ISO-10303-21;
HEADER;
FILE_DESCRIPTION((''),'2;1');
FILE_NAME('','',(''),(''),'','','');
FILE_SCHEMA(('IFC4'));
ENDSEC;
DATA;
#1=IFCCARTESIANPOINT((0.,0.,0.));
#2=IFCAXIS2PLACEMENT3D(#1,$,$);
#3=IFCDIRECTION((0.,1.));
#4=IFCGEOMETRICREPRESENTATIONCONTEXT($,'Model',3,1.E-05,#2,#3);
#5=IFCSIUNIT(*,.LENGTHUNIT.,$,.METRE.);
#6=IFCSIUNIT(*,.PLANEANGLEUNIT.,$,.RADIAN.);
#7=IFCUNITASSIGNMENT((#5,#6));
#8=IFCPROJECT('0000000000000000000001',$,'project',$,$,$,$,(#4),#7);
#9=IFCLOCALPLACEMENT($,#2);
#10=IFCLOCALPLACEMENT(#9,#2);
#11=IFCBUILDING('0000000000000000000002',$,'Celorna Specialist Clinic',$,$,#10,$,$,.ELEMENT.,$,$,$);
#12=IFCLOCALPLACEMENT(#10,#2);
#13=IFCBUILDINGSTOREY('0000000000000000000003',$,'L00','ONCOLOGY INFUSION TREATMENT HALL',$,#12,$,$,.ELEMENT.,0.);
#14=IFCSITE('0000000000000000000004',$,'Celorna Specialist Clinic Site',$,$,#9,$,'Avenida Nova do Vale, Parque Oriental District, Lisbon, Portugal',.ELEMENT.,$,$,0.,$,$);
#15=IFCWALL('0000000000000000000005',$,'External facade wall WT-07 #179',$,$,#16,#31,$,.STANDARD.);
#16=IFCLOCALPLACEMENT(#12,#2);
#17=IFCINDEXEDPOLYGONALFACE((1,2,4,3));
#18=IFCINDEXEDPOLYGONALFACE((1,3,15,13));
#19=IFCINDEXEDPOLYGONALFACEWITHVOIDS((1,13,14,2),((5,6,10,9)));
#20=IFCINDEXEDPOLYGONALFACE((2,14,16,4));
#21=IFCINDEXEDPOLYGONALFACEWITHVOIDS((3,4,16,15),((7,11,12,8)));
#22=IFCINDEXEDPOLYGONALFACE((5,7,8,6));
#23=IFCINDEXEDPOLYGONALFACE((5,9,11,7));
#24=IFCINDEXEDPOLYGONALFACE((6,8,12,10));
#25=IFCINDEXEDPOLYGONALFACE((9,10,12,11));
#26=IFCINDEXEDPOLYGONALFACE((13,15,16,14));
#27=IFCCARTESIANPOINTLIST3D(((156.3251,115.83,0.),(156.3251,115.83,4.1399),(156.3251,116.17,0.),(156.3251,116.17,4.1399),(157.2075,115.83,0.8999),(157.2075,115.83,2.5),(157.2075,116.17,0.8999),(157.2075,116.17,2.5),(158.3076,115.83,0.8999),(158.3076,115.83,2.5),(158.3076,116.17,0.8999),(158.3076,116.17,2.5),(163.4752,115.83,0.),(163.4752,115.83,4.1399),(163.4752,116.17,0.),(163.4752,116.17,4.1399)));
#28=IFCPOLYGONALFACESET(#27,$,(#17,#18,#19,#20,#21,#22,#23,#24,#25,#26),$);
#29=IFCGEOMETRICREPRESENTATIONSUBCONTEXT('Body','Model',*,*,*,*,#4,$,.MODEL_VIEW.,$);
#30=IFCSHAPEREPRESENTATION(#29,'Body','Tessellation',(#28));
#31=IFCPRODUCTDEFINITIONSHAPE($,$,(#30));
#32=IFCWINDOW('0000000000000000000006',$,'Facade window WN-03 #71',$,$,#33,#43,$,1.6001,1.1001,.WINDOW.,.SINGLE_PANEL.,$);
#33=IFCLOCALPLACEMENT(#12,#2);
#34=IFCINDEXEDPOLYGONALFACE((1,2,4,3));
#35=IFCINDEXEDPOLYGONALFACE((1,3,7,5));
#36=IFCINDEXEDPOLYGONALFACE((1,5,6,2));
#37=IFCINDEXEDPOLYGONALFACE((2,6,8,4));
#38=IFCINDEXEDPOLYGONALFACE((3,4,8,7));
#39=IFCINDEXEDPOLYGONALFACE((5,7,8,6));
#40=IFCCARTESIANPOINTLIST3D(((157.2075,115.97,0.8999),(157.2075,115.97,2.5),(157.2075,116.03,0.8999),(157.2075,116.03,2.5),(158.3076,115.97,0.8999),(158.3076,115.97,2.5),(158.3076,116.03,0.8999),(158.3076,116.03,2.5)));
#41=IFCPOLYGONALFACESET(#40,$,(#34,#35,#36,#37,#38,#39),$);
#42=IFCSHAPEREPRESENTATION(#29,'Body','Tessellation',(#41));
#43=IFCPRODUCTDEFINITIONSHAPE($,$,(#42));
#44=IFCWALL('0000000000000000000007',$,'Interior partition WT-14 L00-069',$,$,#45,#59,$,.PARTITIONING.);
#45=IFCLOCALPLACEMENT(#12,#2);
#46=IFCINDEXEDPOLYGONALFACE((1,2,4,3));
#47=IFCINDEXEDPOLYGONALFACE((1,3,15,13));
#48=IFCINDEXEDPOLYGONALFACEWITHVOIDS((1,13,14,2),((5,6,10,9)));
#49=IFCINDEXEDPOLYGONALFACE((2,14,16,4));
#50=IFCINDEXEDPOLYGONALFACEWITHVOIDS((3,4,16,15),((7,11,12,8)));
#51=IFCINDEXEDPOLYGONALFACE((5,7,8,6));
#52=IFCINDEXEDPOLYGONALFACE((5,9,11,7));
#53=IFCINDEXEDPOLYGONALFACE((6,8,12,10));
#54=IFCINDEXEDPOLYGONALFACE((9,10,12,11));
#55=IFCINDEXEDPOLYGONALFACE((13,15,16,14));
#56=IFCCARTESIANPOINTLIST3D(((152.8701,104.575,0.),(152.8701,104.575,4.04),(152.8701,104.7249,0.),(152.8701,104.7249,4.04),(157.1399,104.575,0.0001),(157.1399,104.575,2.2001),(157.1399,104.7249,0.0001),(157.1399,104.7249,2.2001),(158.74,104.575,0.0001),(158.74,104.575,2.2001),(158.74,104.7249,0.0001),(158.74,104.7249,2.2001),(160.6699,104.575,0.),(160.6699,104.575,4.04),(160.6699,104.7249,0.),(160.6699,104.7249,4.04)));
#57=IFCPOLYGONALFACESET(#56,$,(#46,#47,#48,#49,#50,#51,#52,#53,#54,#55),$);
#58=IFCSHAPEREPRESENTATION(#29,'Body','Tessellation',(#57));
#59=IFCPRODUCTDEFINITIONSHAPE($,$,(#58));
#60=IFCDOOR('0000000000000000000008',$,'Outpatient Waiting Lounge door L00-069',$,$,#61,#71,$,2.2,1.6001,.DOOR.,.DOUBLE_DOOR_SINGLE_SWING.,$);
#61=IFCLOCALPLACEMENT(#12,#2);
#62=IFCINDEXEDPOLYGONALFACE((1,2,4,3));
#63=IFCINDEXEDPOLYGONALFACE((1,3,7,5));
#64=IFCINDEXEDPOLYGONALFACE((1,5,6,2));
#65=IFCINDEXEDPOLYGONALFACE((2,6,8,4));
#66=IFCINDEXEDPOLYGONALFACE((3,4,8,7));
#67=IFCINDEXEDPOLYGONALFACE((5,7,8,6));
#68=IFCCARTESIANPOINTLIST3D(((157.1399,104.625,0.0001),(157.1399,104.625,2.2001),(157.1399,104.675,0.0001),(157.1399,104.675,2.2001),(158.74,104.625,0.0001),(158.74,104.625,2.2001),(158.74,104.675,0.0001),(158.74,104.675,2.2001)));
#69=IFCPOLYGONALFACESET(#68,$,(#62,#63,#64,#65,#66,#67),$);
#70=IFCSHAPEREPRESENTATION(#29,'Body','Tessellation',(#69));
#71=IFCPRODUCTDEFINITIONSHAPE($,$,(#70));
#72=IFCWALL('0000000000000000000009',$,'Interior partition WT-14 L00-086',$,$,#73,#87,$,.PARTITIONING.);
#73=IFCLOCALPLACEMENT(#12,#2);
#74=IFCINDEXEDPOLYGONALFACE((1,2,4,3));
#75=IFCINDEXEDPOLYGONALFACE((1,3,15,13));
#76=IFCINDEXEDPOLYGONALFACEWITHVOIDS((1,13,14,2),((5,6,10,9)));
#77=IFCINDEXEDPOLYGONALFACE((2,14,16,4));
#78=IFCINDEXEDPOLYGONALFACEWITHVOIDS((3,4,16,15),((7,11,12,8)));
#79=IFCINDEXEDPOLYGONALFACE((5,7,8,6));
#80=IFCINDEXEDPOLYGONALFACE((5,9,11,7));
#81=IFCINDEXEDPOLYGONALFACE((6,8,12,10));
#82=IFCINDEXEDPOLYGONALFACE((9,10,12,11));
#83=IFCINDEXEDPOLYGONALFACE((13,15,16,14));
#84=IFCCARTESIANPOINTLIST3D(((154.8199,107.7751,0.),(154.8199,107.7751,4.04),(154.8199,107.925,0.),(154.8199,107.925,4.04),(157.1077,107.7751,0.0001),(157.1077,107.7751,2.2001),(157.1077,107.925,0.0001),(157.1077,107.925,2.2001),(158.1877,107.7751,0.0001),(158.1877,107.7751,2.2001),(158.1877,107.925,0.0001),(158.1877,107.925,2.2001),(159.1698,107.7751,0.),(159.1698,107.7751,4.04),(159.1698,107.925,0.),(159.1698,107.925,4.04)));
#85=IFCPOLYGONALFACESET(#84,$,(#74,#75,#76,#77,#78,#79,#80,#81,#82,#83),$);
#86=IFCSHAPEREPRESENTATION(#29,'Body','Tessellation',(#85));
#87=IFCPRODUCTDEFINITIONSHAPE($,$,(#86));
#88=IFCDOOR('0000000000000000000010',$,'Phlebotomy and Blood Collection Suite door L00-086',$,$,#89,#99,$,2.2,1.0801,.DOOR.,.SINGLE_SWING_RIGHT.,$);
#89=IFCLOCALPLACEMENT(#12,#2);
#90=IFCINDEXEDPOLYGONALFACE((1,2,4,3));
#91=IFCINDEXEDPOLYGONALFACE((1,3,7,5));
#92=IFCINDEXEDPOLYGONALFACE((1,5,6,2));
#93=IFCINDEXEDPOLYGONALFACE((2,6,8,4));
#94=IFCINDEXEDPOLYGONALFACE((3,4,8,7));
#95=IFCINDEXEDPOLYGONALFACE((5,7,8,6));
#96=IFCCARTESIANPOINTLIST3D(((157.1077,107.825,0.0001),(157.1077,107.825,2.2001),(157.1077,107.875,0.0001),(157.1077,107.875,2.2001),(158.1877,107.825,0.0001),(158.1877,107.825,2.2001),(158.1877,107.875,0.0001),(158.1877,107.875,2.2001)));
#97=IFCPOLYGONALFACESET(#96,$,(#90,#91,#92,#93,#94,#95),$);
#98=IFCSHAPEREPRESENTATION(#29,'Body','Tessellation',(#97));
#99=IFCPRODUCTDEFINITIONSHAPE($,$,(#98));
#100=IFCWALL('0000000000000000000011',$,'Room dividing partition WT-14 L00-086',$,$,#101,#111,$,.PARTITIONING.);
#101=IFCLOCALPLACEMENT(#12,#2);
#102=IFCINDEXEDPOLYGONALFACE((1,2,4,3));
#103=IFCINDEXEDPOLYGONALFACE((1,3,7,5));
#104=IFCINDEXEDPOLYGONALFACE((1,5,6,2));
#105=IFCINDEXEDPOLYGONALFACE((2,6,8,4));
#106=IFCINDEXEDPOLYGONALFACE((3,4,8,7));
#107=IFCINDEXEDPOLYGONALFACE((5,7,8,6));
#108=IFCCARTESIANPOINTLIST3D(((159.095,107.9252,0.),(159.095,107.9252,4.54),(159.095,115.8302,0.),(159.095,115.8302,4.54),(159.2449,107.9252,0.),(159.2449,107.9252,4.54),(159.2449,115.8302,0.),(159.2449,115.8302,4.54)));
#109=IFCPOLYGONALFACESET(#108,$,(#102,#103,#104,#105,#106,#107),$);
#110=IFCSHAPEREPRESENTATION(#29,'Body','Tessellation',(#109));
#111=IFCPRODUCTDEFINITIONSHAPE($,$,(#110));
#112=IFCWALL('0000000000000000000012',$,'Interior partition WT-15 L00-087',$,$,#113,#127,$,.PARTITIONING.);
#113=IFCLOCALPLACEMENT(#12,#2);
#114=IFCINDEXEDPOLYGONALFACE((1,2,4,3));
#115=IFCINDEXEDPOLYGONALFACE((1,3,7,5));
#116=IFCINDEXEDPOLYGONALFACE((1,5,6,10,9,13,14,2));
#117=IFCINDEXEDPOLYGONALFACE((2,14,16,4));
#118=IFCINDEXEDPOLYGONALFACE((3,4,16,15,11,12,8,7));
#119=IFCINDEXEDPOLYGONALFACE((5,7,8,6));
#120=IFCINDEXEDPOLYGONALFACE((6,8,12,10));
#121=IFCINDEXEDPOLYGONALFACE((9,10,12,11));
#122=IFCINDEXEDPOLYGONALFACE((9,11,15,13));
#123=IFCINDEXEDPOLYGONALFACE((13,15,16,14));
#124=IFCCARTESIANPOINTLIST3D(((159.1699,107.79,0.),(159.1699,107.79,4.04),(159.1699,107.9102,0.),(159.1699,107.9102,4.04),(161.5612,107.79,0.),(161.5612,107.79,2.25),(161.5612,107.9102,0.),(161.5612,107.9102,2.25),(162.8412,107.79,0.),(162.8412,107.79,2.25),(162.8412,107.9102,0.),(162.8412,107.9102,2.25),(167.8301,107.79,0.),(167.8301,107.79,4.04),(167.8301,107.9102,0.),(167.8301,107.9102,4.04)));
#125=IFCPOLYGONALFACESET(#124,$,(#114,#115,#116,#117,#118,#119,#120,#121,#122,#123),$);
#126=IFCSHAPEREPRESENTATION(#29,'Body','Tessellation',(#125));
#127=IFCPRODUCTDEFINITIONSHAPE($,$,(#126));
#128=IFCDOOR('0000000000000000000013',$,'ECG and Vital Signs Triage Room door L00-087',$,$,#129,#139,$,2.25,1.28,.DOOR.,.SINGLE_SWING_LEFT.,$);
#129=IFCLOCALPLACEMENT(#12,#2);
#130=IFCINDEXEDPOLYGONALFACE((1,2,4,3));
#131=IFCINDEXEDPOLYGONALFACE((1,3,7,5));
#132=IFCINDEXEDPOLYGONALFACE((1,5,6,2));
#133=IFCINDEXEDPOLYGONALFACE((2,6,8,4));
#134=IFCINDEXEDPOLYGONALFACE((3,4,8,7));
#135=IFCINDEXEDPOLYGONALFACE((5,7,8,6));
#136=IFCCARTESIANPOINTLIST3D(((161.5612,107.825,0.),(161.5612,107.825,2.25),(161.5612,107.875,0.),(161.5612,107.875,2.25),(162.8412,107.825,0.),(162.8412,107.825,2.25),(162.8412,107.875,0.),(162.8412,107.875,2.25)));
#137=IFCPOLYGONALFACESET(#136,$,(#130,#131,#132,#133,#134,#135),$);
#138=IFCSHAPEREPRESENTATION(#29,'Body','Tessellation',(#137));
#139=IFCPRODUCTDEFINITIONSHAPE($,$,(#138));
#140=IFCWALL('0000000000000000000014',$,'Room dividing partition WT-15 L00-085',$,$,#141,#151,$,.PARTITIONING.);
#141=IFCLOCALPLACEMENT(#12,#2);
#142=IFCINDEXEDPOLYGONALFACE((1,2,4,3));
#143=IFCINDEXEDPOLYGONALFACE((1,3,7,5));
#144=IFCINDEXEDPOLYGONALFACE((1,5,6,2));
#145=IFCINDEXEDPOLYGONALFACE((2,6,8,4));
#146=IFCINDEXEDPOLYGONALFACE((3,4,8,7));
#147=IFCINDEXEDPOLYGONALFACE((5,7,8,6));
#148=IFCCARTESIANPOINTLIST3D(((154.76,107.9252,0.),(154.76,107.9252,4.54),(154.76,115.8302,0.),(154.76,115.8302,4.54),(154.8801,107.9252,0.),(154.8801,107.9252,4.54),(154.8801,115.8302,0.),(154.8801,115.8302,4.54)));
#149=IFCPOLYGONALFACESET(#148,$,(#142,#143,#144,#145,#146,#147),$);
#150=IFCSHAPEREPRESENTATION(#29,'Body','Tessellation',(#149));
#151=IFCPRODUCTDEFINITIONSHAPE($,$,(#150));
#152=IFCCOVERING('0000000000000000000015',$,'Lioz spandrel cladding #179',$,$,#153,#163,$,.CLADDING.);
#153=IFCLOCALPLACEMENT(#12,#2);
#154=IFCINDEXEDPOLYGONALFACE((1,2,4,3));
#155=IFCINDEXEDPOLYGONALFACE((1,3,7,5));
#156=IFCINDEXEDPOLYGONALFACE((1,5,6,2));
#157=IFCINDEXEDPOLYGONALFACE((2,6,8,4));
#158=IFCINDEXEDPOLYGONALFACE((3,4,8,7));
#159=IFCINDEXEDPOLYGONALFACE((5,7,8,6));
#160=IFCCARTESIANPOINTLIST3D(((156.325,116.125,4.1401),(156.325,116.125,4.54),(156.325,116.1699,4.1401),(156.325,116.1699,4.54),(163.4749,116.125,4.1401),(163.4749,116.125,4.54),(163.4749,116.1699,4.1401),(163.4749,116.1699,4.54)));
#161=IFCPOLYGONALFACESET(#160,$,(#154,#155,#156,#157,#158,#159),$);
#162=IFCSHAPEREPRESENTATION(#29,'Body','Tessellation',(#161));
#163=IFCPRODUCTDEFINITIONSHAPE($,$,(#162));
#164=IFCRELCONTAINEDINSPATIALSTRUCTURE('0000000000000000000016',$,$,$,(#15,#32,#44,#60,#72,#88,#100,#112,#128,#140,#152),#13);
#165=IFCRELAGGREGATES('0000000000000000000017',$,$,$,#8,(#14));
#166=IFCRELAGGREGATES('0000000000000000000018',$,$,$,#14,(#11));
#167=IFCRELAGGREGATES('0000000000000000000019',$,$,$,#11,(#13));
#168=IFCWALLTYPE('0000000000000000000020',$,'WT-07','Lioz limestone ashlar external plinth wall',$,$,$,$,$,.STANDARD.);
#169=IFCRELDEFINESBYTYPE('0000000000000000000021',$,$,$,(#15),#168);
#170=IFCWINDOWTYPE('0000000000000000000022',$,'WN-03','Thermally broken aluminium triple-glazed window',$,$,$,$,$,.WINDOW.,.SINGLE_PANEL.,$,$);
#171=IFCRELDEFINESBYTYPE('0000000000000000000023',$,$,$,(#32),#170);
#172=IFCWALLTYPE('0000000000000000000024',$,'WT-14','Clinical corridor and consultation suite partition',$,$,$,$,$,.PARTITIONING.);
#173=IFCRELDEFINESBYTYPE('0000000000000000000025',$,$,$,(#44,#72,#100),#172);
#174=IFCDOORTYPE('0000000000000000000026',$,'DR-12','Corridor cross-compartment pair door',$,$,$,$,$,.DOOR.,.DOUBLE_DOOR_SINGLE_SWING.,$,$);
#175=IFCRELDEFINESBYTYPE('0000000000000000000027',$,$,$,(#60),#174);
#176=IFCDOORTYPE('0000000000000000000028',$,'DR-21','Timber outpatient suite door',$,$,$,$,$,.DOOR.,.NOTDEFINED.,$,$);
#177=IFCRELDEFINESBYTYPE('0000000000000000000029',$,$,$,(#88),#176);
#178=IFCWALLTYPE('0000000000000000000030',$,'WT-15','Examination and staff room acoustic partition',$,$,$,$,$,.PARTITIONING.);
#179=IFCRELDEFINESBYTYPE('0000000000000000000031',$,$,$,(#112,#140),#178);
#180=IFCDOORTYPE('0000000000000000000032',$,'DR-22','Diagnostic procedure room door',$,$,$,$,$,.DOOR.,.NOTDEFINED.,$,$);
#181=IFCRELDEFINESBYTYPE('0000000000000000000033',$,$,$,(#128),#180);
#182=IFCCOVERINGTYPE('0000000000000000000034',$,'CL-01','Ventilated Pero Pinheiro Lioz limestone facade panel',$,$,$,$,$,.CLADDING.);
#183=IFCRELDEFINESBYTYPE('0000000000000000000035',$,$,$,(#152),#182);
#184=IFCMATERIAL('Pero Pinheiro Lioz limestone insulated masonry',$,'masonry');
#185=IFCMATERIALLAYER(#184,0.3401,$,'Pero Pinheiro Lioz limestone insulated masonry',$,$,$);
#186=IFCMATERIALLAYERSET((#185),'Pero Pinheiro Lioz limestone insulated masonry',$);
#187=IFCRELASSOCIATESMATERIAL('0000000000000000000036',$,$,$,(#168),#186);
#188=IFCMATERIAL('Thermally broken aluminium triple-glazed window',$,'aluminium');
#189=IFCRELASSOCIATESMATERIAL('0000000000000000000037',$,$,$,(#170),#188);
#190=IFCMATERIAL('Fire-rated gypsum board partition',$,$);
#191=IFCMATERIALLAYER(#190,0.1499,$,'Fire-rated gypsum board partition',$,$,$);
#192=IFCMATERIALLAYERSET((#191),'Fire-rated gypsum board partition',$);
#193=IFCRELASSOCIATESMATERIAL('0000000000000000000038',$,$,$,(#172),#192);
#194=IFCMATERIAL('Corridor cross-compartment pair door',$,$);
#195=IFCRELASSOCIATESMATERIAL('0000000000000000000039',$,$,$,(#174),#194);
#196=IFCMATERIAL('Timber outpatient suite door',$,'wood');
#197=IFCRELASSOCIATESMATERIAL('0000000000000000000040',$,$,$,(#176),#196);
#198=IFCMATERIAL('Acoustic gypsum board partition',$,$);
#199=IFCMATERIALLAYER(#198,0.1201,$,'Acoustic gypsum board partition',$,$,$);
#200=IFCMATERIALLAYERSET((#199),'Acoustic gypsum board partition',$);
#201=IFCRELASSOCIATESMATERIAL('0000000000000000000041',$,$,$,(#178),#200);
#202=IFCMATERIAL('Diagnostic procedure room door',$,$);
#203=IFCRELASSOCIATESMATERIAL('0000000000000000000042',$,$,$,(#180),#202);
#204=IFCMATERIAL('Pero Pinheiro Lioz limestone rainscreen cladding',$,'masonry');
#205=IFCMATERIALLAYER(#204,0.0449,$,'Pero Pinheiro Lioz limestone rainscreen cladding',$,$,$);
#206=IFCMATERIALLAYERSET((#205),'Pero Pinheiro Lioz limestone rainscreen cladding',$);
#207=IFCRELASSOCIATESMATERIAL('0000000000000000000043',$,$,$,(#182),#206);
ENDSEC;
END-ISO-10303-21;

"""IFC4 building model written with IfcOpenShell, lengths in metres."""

from ifc_helpers import new_model, si_unit, direction, frame, frame_2d, origin, origin_2d, place, context, subcontext, project, spatial, rectangle, extrude, material, layer, layer_set, type_object, element, fill, save


model = new_model("IFC4")

# Units and contexts
model_context = context("Model", 3, precision=1e-05, world=origin(), true_north=direction((0.0, 1.0)))
body_context = subcontext(model_context, "Body", "Model", "MODEL_VIEW")
ifc_project = project(units=[si_unit("LENGTHUNIT", "METRE"), si_unit("PLANEANGLEUNIT", "RADIAN")], contexts=[model_context])

# Site, building, storey
site_placement = place(None, origin())
site = spatial("IfcSite", under=ifc_project, at=site_placement, Name="Celorna Specialist Clinic Site", LongName="Avenida Nova do Vale, Parque Oriental District, Lisbon, Portugal", CompositionType="ELEMENT", RefElevation=0.0)
building_placement = place(site_placement, origin())
building = spatial("IfcBuilding", under=site, at=building_placement, Name="Celorna Specialist Clinic", CompositionType="ELEMENT")
storey_placement = place(building_placement, origin())
storey = spatial("IfcBuildingStorey", under=building, at=storey_placement, Name="L00", Description="ONCOLOGY INFUSION TREATMENT HALL", CompositionType="ELEMENT", Elevation=0.0)

# Wall, opening, window
ifc_material_1 = material(Name="Pero Pinheiro Lioz limestone insulated masonry", Category="masonry")
ifc_layer_1 = layer(ifc_material_1, 0.3401, Name="Pero Pinheiro Lioz limestone insulated masonry")
ifc_layer_set_1 = layer_set([ifc_layer_1], Name="Pero Pinheiro Lioz limestone insulated masonry")
wall_type_1 = type_object("IfcWallType", Name="WT-07", Description="Lioz limestone ashlar external plinth wall", PredefinedType="STANDARD", material=ifc_layer_set_1)
wall_1_placement = place(storey_placement, frame((156.325, 116.0, 0.0), z_axis=(0.0, 0.0, 1.0), x_axis=(1.0, 0.0, 0.0)))
wall_1 = element("IfcWall", 1, at=wall_1_placement, inside=storey, type_object=wall_type_1, Name="External facade wall WT-07 #179", PredefinedType="STANDARD", context=body_context, shape_type="SweptSolid", body=[
    extrude(rectangle(XDim=7.1501, YDim=0.3401, at=frame_2d((3.5752, 0.0))), origin(), (0.0, 0.0, 1.0), 4.1399),
])
opening_1_placement = place(wall_1_placement, frame((0.8826, 0.0, 0.8999)))
opening_1 = element("IfcOpeningElement", 2, at=opening_1_placement, cuts=wall_1, PredefinedType="OPENING", context=body_context, shape_type="SweptSolid", body=[
    extrude(rectangle(XDim=1.1001, YDim=1.6001, at=frame_2d((0.55, 0.8))), frame((0.0, 0.1799, 0.0), z_axis=(0.0, -1.0, 0.0), x_axis=(1.0, 0.0, 0.0)), (0.0, 0.0, 1.0), 0.3601),
])
ifc_material_2 = material(Name="Thermally broken aluminium triple-glazed window", Category="aluminium")
window_type = type_object("IfcWindowType", Name="WN-03", Description="Thermally broken aluminium triple-glazed window", PartitioningType="SINGLE_PANEL", PredefinedType="WINDOW", material=ifc_material_2)
window_placement = place(opening_1_placement, origin())
window = element("IfcWindow", 3, at=window_placement, inside=storey, type_object=window_type, Name="Facade window WN-03 #71", OverallHeight=1.6001, OverallWidth=1.1001, PartitioningType="SINGLE_PANEL", PredefinedType="WINDOW", context=body_context, shape_type="SweptSolid", body=[
    extrude(rectangle(XDim=1.1001, YDim=1.6001, at=frame_2d((0.55, 0.8))), frame((0.0, 0.03, 0.0), z_axis=(0.0, -1.0, 0.0), x_axis=(1.0, 0.0, 0.0)), (0.0, 0.0, 1.0), 0.0601),
])
fill(opening_1, window)

# Walls, openings, doors
ifc_material_3 = material(Name="Fire-rated gypsum board partition")
ifc_layer_2 = layer(ifc_material_3, 0.1499, Name="Fire-rated gypsum board partition")
ifc_layer_set_2 = layer_set([ifc_layer_2], Name="Fire-rated gypsum board partition")
wall_type_2 = type_object("IfcWallType", Name="WT-14", Description="Clinical corridor and consultation suite partition", PredefinedType="PARTITIONING", material=ifc_layer_set_2)
wall_2_placement = place(storey_placement, frame((160.6699, 104.6499, 0.0), z_axis=(0.0, 0.0, 1.0), x_axis=(-1.0, 0.0, 0.0)))
wall_2 = element("IfcWall", 4, at=wall_2_placement, inside=storey, type_object=wall_type_2, Name="Interior partition WT-14 L00-069", PredefinedType="PARTITIONING", context=body_context, shape_type="SweptSolid", body=[
    extrude(rectangle(XDim=7.7998, YDim=0.1499, at=frame_2d((3.8999, 0.0))), origin(), (0.0, 0.0, 1.0), 4.04),
])
opening_2_placement = place(wall_2_placement, frame((1.9299, 0.0, 0.0)))
opening_2 = element("IfcOpeningElement", 5, at=opening_2_placement, cuts=wall_2, PredefinedType="OPENING", context=body_context, shape_type="SweptSolid", body=[
    extrude(rectangle(XDim=1.6001, YDim=2.2, at=frame_2d((0.8, 1.1001))), frame((0.0, 0.085, 0.0), z_axis=(0.0, -1.0, 0.0), x_axis=(1.0, 0.0, 0.0)), (0.0, 0.0, 1.0), 0.1699),
])
ifc_material_4 = material(Name="Corridor cross-compartment pair door")
door_type_1 = type_object("IfcDoorType", Name="DR-12", Description="Corridor cross-compartment pair door", OperationType="DOUBLE_DOOR_SINGLE_SWING", PredefinedType="DOOR", material=ifc_material_4)
door_1_placement = place(opening_2_placement, origin())
door_1 = element("IfcDoor", 6, at=door_1_placement, inside=storey, type_object=door_type_1, Name="Outpatient Waiting Lounge door L00-069", OperationType="DOUBLE_DOOR_SINGLE_SWING", OverallHeight=2.2, OverallWidth=1.6001, PredefinedType="DOOR", context=body_context, shape_type="SweptSolid", body=[
    extrude(rectangle(XDim=1.6001, YDim=2.2, at=frame_2d((0.8, 1.1001))), frame((0.0, 0.0249, 0.0), z_axis=(0.0, -1.0, 0.0), x_axis=(1.0, 0.0, 0.0)), (0.0, 0.0, 1.0), 0.05),
])
fill(opening_2, door_1)
wall_3_placement = place(storey_placement, frame((154.8201, 107.8501, 0.0), z_axis=(0.0, 0.0, 1.0), x_axis=(1.0, 0.0, 0.0)))
wall_3 = element("IfcWall", 7, at=wall_3_placement, inside=storey, type_object=wall_type_2, Name="Interior partition WT-14 L00-086", PredefinedType="PARTITIONING", context=body_context, shape_type="SweptSolid", body=[
    extrude(rectangle(XDim=4.3499, YDim=0.1499, at=frame_2d((2.1748, 0.0))), origin(), (0.0, 0.0, 1.0), 4.04),
])
opening_3_placement = place(wall_3_placement, frame((2.2876, 0.0, 0.0)))
opening_3 = element("IfcOpeningElement", 8, at=opening_3_placement, cuts=wall_3, PredefinedType="OPENING", context=body_context, shape_type="SweptSolid", body=[
    extrude(rectangle(XDim=1.0801, YDim=2.2, at=frame_2d((0.54, 1.1001))), frame((0.0, 0.085, 0.0), z_axis=(0.0, -1.0, 0.0), x_axis=(1.0, 0.0, 0.0)), (0.0, 0.0, 1.0), 0.1699),
])
ifc_material_5 = material(Name="Timber outpatient suite door", Category="wood")
door_type_2 = type_object("IfcDoorType", Name="DR-21", Description="Timber outpatient suite door", OperationType="NOTDEFINED", PredefinedType="DOOR", material=ifc_material_5)
door_2_placement = place(opening_3_placement, origin())
door_2 = element("IfcDoor", 9, at=door_2_placement, inside=storey, type_object=door_type_2, Name="Phlebotomy and Blood Collection Suite door L00-086", OperationType="SINGLE_SWING_RIGHT", OverallHeight=2.2, OverallWidth=1.0801, PredefinedType="DOOR", context=body_context, shape_type="SweptSolid", body=[
    extrude(rectangle(XDim=1.0801, YDim=2.2, at=frame_2d((0.54, 1.1001))), frame((0.0, 0.0249, 0.0), z_axis=(0.0, -1.0, 0.0), x_axis=(1.0, 0.0, 0.0)), (0.0, 0.0, 1.0), 0.05),
])
fill(opening_3, door_2)

# Wall
wall_4_placement = place(storey_placement, frame((159.1699, 107.925, 0.0), z_axis=(0.0, 0.0, 1.0), x_axis=(0.0, 1.0, 0.0)))
element("IfcWall", 10, at=wall_4_placement, inside=storey, type_object=wall_type_2, Name="Room dividing partition WT-14 L00-086", PredefinedType="PARTITIONING", context=body_context, shape_type="SweptSolid", body=[
    extrude(rectangle(XDim=7.905, YDim=0.1499, at=frame_2d((3.9526, 0.0))), origin(), (0.0, 0.0, 1.0), 4.54),
])

# Wall, opening, door
ifc_material_6 = material(Name="Acoustic gypsum board partition")
ifc_layer_3 = layer(ifc_material_6, 0.1201, Name="Acoustic gypsum board partition")
ifc_layer_set_3 = layer_set([ifc_layer_3], Name="Acoustic gypsum board partition")
wall_type_3 = type_object("IfcWallType", Name="WT-15", Description="Examination and staff room acoustic partition", PredefinedType="PARTITIONING", material=ifc_layer_set_3)
wall_5_placement = place(storey_placement, frame((159.1699, 107.8501, 0.0), z_axis=(0.0, 0.0, 1.0), x_axis=(1.0, 0.0, 0.0)))
wall_5 = element("IfcWall", 11, at=wall_5_placement, inside=storey, type_object=wall_type_3, Name="Interior partition WT-15 L00-087", PredefinedType="PARTITIONING", context=body_context, shape_type="SweptSolid", body=[
    extrude(rectangle(XDim=8.6602, YDim=0.1201, at=frame_2d((4.3301, 0.0))), origin(), (0.0, 0.0, 1.0), 4.04),
])
opening_4_placement = place(wall_5_placement, frame((2.3911, 0.0, 0.0)))
opening_4 = element("IfcOpeningElement", 12, at=opening_4_placement, cuts=wall_5, PredefinedType="OPENING", context=body_context, shape_type="SweptSolid", body=[
    extrude(rectangle(XDim=1.28, YDim=2.25, at=frame_2d((0.6401, 1.125))), frame((0.0, 0.0701, 0.0), z_axis=(0.0, -1.0, 0.0), x_axis=(1.0, 0.0, 0.0)), (0.0, 0.0, 1.0), 0.1401),
])
ifc_material_7 = material(Name="Diagnostic procedure room door")
door_type_3 = type_object("IfcDoorType", Name="DR-22", Description="Diagnostic procedure room door", OperationType="NOTDEFINED", PredefinedType="DOOR", material=ifc_material_7)
door_3_placement = place(opening_4_placement, origin())
door_3 = element("IfcDoor", 13, at=door_3_placement, inside=storey, type_object=door_type_3, Name="ECG and Vital Signs Triage Room door L00-087", OperationType="SINGLE_SWING_LEFT", OverallHeight=2.25, OverallWidth=1.28, PredefinedType="DOOR", context=body_context, shape_type="SweptSolid", body=[
    extrude(rectangle(XDim=1.28, YDim=2.25, at=frame_2d((0.6401, 1.125))), frame((0.0, 0.0249, 0.0), z_axis=(0.0, -1.0, 0.0), x_axis=(1.0, 0.0, 0.0)), (0.0, 0.0, 1.0), 0.05),
])
fill(opening_4, door_3)

# Wall
wall_6_placement = place(storey_placement, frame((154.8201, 107.925, 0.0), z_axis=(0.0, 0.0, 1.0), x_axis=(0.0, 1.0, 0.0)))
element("IfcWall", 14, at=wall_6_placement, inside=storey, type_object=wall_type_3, Name="Room dividing partition WT-15 L00-085", PredefinedType="PARTITIONING", context=body_context, shape_type="SweptSolid", body=[
    extrude(rectangle(XDim=7.905, YDim=0.1201, at=frame_2d((3.9526, 0.0))), origin(), (0.0, 0.0, 1.0), 4.54),
])

# Covering
ifc_material_8 = material(Name="Pero Pinheiro Lioz limestone rainscreen cladding", Category="masonry")
ifc_layer_4 = layer(ifc_material_8, 0.0449, Name="Pero Pinheiro Lioz limestone rainscreen cladding")
ifc_layer_set_4 = layer_set([ifc_layer_4], Name="Pero Pinheiro Lioz limestone rainscreen cladding")
covering_type = type_object("IfcCoveringType", Name="CL-01", Description="Ventilated Pero Pinheiro Lioz limestone facade panel", PredefinedType="CLADDING", material=ifc_layer_set_4)
covering_placement = place(storey_placement, frame((159.8999, 116.1475, 4.1401), z_axis=(0.0, 0.0, 1.0), x_axis=(1.0, 0.0, 0.0)))
element("IfcCovering", 15, at=covering_placement, inside=storey, type_object=covering_type, Name="Lioz spandrel cladding #179", PredefinedType="CLADDING", context=body_context, shape_type="SweptSolid", body=[
    extrude(rectangle(XDim=7.1499, YDim=0.0449, at=origin_2d()), origin(), (0.0, 0.0, 1.0), 0.3999),
])

save(model, "model.ifc")
